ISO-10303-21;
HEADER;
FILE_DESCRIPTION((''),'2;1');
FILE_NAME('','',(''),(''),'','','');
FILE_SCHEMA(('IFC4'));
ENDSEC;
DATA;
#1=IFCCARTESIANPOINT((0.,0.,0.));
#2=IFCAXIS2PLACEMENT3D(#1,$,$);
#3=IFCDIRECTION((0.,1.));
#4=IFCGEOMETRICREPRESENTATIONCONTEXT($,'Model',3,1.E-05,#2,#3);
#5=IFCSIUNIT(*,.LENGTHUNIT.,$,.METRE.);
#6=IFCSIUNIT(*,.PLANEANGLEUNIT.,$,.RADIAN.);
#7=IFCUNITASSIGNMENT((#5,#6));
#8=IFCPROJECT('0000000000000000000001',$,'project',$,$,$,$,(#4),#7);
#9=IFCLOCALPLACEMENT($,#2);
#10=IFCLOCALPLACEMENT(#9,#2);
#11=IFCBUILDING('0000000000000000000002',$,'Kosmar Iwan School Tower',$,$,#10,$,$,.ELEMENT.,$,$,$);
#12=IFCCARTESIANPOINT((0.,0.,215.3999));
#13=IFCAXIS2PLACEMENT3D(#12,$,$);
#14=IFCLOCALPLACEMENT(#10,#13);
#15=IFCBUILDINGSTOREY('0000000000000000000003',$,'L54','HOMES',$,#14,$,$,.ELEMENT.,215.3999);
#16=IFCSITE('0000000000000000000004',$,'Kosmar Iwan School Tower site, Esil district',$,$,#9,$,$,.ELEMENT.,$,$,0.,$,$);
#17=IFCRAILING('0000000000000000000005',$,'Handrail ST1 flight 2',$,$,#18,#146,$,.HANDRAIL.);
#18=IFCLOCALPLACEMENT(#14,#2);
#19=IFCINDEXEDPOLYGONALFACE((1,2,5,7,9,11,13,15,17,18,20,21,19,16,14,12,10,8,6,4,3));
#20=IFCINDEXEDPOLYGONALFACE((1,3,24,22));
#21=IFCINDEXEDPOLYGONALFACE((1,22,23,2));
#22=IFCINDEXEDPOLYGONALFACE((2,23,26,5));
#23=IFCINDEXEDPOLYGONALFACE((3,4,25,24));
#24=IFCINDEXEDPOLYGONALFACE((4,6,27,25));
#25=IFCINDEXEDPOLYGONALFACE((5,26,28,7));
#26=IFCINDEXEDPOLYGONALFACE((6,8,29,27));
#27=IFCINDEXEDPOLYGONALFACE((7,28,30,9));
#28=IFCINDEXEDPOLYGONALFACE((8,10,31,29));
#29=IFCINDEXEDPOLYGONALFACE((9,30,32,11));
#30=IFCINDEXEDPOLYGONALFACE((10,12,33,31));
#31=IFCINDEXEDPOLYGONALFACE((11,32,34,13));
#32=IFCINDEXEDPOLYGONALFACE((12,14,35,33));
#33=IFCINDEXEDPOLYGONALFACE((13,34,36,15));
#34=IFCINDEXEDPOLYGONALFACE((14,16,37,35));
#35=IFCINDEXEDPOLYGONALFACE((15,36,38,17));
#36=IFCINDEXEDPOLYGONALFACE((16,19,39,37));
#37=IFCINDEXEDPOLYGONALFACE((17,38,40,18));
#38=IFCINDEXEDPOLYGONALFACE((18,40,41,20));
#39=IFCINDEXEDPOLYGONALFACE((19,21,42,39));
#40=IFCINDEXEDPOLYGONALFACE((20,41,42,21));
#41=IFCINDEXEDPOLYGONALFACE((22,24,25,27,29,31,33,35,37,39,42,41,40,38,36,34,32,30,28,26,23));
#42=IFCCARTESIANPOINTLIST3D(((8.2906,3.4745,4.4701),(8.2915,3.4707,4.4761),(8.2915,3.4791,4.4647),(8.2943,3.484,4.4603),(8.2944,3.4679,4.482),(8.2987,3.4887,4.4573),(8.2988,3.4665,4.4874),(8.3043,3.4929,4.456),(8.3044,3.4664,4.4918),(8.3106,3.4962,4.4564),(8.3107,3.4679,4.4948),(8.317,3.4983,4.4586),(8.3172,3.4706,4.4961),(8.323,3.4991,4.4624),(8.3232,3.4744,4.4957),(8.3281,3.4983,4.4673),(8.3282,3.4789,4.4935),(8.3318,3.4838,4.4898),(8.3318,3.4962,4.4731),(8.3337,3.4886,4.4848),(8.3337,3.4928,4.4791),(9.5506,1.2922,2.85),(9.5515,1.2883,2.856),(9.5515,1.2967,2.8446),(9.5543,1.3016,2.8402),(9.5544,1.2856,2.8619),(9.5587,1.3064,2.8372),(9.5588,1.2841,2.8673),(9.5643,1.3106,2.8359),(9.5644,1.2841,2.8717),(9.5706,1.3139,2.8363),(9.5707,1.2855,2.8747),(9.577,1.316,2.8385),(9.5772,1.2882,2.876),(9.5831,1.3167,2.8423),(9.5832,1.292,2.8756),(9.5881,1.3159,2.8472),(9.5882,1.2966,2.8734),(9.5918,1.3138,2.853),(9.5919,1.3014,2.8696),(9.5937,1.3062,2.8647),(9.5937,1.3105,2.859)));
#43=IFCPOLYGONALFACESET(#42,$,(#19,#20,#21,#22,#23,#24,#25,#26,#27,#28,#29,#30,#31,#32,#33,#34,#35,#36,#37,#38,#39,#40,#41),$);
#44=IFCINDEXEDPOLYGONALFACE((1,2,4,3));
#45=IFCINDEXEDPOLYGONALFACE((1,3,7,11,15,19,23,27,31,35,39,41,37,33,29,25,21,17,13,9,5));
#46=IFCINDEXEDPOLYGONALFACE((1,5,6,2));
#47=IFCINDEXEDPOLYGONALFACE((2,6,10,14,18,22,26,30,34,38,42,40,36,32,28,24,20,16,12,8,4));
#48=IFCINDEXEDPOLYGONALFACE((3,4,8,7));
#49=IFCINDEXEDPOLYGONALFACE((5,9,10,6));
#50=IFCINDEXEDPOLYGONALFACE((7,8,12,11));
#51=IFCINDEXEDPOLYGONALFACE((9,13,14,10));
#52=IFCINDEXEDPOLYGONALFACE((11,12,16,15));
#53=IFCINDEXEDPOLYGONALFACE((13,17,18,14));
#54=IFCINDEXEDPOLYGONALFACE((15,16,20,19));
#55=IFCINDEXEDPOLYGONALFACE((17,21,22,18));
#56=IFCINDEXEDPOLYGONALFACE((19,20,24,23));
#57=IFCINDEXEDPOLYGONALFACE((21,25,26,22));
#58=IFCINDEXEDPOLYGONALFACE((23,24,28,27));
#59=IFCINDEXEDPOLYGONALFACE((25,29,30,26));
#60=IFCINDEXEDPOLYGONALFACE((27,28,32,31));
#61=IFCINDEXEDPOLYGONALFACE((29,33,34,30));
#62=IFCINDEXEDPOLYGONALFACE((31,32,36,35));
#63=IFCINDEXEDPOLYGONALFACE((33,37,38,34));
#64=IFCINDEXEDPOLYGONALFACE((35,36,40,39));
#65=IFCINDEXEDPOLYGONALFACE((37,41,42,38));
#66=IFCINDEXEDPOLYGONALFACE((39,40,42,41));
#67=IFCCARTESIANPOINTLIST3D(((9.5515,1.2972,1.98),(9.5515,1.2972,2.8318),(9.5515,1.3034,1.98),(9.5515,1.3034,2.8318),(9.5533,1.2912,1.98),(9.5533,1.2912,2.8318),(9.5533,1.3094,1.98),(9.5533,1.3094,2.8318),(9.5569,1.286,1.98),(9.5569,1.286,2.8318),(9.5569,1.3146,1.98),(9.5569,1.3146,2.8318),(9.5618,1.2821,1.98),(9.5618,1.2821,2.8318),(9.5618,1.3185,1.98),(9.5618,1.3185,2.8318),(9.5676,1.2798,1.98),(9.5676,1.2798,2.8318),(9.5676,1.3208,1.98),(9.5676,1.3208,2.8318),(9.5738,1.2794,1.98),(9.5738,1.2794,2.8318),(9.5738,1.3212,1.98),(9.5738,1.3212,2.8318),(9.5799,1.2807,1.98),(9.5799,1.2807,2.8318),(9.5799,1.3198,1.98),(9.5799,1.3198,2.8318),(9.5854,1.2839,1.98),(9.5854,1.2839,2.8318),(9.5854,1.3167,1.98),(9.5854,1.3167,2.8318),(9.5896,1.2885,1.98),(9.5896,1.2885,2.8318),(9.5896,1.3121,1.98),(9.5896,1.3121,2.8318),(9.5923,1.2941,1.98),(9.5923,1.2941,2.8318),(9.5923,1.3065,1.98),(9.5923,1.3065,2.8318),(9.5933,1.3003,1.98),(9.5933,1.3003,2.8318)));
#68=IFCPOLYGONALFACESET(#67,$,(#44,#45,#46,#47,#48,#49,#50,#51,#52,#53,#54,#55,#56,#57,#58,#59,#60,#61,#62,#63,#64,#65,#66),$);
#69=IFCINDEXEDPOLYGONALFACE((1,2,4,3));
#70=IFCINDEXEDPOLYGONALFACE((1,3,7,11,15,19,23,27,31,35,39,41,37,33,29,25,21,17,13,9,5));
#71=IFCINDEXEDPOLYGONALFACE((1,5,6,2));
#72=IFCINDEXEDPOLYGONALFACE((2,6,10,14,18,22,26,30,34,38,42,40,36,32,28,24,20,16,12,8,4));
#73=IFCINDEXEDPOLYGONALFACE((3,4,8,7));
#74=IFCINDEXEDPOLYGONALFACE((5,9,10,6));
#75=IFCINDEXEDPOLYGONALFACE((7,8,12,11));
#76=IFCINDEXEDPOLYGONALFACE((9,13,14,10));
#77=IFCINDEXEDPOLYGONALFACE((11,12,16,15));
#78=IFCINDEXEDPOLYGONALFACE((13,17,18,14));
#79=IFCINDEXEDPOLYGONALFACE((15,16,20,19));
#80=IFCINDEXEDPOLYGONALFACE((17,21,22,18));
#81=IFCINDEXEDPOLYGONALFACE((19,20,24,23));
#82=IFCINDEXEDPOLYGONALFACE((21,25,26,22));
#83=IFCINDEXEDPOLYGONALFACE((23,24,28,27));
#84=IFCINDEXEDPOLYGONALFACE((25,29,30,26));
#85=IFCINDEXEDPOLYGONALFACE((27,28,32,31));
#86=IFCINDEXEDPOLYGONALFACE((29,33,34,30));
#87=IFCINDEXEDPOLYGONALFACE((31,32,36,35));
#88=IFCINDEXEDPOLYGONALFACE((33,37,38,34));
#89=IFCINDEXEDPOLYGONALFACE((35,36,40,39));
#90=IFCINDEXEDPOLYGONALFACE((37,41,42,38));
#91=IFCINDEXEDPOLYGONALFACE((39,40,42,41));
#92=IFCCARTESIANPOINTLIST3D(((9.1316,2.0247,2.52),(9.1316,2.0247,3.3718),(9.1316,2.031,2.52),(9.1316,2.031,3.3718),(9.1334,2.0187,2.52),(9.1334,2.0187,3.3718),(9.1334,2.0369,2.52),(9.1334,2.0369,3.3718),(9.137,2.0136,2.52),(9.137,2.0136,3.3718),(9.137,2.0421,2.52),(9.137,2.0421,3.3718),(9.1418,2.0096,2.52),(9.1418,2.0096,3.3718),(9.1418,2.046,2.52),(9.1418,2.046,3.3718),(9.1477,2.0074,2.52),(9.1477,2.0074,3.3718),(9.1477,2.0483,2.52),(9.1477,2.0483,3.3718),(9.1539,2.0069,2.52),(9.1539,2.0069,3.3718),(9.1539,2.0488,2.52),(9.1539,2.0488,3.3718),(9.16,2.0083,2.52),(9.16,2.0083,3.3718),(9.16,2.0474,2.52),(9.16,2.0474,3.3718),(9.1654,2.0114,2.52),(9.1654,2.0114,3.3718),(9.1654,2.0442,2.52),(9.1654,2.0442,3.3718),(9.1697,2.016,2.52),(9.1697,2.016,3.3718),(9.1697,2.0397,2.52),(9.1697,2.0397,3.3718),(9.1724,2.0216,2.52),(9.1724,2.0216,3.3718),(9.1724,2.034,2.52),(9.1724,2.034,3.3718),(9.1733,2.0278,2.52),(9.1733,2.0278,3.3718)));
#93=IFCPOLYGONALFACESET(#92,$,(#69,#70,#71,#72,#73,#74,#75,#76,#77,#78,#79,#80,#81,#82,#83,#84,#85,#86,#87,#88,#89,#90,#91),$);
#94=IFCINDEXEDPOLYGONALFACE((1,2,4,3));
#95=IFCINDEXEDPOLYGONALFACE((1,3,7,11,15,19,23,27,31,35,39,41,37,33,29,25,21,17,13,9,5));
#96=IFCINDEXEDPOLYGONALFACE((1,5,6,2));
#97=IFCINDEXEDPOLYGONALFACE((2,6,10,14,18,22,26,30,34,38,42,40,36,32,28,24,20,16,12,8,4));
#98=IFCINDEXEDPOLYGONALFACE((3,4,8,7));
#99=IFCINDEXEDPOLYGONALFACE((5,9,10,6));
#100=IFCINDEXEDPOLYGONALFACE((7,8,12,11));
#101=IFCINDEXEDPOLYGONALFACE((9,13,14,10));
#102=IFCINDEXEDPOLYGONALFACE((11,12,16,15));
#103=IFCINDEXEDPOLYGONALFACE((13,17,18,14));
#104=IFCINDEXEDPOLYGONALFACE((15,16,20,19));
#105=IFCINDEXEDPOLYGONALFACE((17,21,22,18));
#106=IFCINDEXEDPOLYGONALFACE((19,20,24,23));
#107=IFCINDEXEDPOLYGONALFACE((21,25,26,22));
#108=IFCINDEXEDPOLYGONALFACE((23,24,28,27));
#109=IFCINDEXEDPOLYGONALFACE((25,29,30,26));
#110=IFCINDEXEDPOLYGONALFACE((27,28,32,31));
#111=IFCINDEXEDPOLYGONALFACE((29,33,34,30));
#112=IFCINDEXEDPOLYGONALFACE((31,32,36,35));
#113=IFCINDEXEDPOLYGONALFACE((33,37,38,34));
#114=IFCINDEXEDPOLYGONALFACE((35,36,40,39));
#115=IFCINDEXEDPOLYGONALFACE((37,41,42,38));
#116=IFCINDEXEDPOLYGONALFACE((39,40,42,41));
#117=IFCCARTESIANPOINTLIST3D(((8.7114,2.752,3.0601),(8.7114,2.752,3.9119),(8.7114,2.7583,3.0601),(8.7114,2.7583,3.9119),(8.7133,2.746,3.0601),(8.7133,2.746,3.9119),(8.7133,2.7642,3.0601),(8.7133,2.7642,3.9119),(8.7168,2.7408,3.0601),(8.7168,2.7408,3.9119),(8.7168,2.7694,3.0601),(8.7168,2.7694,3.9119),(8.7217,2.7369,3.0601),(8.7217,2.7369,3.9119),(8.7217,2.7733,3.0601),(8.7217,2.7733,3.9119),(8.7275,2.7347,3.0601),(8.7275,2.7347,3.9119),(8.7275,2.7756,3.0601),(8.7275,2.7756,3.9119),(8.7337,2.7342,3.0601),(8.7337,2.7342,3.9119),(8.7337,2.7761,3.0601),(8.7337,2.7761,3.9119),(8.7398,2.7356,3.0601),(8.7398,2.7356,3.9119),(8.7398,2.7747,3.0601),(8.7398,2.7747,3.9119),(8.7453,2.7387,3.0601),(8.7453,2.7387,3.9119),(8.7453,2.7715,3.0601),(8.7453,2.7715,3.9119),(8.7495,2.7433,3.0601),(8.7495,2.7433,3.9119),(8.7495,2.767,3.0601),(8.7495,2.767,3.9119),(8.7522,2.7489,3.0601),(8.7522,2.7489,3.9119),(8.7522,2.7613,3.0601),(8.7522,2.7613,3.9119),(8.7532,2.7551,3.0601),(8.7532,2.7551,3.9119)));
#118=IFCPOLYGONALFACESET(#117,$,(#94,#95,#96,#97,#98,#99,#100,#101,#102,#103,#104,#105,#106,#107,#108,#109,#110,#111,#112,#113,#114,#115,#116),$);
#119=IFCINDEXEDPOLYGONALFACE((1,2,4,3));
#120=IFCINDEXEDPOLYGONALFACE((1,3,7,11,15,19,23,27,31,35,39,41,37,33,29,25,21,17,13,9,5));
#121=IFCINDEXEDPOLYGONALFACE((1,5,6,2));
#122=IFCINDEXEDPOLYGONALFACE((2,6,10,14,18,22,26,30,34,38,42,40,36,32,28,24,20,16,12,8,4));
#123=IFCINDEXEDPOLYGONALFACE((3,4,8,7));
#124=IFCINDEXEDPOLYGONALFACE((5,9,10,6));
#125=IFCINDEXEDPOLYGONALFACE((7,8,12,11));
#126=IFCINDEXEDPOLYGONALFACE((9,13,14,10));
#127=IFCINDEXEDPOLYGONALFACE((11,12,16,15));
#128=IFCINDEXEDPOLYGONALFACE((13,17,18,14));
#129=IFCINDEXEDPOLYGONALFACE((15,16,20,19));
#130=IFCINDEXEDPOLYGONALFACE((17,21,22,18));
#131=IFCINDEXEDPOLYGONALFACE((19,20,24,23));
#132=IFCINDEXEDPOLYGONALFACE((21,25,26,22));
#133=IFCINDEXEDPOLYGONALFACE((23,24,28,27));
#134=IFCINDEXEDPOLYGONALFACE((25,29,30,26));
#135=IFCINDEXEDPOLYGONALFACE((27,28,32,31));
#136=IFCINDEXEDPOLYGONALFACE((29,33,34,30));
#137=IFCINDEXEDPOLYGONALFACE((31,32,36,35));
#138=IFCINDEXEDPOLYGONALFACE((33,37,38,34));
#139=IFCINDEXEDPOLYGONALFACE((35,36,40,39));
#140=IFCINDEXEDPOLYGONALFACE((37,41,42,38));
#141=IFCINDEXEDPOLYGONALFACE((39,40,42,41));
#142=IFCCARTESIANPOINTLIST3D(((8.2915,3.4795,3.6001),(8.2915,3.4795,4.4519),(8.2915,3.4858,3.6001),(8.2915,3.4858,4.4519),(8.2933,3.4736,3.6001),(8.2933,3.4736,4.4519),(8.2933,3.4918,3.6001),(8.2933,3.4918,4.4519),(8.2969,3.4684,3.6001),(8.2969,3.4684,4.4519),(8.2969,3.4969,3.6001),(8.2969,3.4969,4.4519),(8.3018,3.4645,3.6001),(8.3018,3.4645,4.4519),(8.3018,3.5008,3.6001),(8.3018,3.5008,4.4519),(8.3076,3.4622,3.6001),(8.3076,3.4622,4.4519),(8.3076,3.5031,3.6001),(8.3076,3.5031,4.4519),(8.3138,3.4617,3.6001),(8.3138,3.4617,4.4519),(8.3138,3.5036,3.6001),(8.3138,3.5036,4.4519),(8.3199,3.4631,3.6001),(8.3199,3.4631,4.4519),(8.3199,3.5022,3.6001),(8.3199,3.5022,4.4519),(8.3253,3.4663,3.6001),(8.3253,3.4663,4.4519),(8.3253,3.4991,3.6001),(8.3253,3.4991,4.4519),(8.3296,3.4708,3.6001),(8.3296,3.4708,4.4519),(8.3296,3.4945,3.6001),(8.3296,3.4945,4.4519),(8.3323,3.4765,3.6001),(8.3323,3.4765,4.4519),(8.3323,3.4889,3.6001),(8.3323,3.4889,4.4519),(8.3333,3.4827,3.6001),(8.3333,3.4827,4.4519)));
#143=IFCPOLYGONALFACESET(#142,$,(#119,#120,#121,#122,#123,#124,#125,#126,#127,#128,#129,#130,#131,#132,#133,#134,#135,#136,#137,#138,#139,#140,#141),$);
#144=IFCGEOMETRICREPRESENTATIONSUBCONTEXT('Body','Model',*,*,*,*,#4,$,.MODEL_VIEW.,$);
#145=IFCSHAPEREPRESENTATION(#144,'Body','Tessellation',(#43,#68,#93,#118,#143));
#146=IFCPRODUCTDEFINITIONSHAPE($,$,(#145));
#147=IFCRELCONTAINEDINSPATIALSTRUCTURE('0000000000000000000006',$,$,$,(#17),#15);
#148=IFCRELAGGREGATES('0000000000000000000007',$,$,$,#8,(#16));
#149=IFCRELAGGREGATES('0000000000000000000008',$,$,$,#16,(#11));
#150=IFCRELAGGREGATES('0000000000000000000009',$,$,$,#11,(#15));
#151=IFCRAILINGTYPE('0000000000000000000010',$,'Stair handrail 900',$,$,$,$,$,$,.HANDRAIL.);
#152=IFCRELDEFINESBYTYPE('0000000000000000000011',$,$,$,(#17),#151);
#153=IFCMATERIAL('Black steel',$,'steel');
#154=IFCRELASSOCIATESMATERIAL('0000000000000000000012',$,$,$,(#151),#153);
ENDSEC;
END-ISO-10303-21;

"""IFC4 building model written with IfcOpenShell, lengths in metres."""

from ifc_helpers import new_model, si_unit, direction, frame, origin, origin_2d, place, context, subcontext, project, spatial, circle, extrude, material, type_object, element, save


model = new_model("IFC4")

# Units and contexts
model_context = context("Model", 3, precision=1e-05, world=origin(), true_north=direction((0.0, 1.0)))
body_context = subcontext(model_context, "Body", "Model", "MODEL_VIEW")
ifc_project = project(units=[si_unit("LENGTHUNIT", "METRE"), si_unit("PLANEANGLEUNIT", "RADIAN")], contexts=[model_context])

# Site, building, storey
site_placement = place(None, origin())
site = spatial("IfcSite", under=ifc_project, at=site_placement, Name="Kosmar Iwan School Tower site, Esil district", CompositionType="ELEMENT", RefElevation=0.0)
building_placement = place(site_placement, origin())
building = spatial("IfcBuilding", under=site, at=building_placement, Name="Kosmar Iwan School Tower", CompositionType="ELEMENT")
storey_placement = place(building_placement, frame((0.0, 0.0, 215.3999)))
storey = spatial("IfcBuildingStorey", under=building, at=storey_placement, Name="L54", Description="HOMES", CompositionType="ELEMENT", Elevation=215.3999)

# Railing
ifc_material_1 = material(Name="Black steel", Category="steel")
railing_type = type_object("IfcRailingType", Name="Stair handrail 900", PredefinedType="HANDRAIL", material=ifc_material_1)
railing_1_placement = place(storey_placement, frame((9.5723, 1.3003, 1.98)))
element("IfcRailing", 1, at=railing_1_placement, inside=storey, type_object=railing_type, Name="Handrail ST1 flight 2", PredefinedType="HANDRAIL", context=body_context, shape_type="SweptSolid", body=[
    extrude(circle(Radius=0.0239, at=origin_2d()), frame((0.0, 0.0, 0.876), z_axis=(-0.420584, 0.728464, 0.540786), x_axis=(-0.866023, -0.500005, 0.0)), (0.0, 0.0, 1.0), 2.9958),
    extrude(circle(Radius=0.021, at=origin_2d()), origin(), (0.0, 0.0, 1.0), 0.8518),
    extrude(circle(Radius=0.021, at=origin_2d()), frame((-0.4199, 0.7275, 0.54)), (0.0, 0.0, 1.0), 0.8518),
    extrude(circle(Radius=0.021, at=origin_2d()), frame((-0.8401, 1.4548, 1.0801)), (0.0, 0.0, 1.0), 0.8518),
    extrude(circle(Radius=0.021, at=origin_2d()), frame((-1.26, 2.1824, 1.6201)), (0.0, 0.0, 1.0), 0.8518),
])

save(model, "model.ifc")
